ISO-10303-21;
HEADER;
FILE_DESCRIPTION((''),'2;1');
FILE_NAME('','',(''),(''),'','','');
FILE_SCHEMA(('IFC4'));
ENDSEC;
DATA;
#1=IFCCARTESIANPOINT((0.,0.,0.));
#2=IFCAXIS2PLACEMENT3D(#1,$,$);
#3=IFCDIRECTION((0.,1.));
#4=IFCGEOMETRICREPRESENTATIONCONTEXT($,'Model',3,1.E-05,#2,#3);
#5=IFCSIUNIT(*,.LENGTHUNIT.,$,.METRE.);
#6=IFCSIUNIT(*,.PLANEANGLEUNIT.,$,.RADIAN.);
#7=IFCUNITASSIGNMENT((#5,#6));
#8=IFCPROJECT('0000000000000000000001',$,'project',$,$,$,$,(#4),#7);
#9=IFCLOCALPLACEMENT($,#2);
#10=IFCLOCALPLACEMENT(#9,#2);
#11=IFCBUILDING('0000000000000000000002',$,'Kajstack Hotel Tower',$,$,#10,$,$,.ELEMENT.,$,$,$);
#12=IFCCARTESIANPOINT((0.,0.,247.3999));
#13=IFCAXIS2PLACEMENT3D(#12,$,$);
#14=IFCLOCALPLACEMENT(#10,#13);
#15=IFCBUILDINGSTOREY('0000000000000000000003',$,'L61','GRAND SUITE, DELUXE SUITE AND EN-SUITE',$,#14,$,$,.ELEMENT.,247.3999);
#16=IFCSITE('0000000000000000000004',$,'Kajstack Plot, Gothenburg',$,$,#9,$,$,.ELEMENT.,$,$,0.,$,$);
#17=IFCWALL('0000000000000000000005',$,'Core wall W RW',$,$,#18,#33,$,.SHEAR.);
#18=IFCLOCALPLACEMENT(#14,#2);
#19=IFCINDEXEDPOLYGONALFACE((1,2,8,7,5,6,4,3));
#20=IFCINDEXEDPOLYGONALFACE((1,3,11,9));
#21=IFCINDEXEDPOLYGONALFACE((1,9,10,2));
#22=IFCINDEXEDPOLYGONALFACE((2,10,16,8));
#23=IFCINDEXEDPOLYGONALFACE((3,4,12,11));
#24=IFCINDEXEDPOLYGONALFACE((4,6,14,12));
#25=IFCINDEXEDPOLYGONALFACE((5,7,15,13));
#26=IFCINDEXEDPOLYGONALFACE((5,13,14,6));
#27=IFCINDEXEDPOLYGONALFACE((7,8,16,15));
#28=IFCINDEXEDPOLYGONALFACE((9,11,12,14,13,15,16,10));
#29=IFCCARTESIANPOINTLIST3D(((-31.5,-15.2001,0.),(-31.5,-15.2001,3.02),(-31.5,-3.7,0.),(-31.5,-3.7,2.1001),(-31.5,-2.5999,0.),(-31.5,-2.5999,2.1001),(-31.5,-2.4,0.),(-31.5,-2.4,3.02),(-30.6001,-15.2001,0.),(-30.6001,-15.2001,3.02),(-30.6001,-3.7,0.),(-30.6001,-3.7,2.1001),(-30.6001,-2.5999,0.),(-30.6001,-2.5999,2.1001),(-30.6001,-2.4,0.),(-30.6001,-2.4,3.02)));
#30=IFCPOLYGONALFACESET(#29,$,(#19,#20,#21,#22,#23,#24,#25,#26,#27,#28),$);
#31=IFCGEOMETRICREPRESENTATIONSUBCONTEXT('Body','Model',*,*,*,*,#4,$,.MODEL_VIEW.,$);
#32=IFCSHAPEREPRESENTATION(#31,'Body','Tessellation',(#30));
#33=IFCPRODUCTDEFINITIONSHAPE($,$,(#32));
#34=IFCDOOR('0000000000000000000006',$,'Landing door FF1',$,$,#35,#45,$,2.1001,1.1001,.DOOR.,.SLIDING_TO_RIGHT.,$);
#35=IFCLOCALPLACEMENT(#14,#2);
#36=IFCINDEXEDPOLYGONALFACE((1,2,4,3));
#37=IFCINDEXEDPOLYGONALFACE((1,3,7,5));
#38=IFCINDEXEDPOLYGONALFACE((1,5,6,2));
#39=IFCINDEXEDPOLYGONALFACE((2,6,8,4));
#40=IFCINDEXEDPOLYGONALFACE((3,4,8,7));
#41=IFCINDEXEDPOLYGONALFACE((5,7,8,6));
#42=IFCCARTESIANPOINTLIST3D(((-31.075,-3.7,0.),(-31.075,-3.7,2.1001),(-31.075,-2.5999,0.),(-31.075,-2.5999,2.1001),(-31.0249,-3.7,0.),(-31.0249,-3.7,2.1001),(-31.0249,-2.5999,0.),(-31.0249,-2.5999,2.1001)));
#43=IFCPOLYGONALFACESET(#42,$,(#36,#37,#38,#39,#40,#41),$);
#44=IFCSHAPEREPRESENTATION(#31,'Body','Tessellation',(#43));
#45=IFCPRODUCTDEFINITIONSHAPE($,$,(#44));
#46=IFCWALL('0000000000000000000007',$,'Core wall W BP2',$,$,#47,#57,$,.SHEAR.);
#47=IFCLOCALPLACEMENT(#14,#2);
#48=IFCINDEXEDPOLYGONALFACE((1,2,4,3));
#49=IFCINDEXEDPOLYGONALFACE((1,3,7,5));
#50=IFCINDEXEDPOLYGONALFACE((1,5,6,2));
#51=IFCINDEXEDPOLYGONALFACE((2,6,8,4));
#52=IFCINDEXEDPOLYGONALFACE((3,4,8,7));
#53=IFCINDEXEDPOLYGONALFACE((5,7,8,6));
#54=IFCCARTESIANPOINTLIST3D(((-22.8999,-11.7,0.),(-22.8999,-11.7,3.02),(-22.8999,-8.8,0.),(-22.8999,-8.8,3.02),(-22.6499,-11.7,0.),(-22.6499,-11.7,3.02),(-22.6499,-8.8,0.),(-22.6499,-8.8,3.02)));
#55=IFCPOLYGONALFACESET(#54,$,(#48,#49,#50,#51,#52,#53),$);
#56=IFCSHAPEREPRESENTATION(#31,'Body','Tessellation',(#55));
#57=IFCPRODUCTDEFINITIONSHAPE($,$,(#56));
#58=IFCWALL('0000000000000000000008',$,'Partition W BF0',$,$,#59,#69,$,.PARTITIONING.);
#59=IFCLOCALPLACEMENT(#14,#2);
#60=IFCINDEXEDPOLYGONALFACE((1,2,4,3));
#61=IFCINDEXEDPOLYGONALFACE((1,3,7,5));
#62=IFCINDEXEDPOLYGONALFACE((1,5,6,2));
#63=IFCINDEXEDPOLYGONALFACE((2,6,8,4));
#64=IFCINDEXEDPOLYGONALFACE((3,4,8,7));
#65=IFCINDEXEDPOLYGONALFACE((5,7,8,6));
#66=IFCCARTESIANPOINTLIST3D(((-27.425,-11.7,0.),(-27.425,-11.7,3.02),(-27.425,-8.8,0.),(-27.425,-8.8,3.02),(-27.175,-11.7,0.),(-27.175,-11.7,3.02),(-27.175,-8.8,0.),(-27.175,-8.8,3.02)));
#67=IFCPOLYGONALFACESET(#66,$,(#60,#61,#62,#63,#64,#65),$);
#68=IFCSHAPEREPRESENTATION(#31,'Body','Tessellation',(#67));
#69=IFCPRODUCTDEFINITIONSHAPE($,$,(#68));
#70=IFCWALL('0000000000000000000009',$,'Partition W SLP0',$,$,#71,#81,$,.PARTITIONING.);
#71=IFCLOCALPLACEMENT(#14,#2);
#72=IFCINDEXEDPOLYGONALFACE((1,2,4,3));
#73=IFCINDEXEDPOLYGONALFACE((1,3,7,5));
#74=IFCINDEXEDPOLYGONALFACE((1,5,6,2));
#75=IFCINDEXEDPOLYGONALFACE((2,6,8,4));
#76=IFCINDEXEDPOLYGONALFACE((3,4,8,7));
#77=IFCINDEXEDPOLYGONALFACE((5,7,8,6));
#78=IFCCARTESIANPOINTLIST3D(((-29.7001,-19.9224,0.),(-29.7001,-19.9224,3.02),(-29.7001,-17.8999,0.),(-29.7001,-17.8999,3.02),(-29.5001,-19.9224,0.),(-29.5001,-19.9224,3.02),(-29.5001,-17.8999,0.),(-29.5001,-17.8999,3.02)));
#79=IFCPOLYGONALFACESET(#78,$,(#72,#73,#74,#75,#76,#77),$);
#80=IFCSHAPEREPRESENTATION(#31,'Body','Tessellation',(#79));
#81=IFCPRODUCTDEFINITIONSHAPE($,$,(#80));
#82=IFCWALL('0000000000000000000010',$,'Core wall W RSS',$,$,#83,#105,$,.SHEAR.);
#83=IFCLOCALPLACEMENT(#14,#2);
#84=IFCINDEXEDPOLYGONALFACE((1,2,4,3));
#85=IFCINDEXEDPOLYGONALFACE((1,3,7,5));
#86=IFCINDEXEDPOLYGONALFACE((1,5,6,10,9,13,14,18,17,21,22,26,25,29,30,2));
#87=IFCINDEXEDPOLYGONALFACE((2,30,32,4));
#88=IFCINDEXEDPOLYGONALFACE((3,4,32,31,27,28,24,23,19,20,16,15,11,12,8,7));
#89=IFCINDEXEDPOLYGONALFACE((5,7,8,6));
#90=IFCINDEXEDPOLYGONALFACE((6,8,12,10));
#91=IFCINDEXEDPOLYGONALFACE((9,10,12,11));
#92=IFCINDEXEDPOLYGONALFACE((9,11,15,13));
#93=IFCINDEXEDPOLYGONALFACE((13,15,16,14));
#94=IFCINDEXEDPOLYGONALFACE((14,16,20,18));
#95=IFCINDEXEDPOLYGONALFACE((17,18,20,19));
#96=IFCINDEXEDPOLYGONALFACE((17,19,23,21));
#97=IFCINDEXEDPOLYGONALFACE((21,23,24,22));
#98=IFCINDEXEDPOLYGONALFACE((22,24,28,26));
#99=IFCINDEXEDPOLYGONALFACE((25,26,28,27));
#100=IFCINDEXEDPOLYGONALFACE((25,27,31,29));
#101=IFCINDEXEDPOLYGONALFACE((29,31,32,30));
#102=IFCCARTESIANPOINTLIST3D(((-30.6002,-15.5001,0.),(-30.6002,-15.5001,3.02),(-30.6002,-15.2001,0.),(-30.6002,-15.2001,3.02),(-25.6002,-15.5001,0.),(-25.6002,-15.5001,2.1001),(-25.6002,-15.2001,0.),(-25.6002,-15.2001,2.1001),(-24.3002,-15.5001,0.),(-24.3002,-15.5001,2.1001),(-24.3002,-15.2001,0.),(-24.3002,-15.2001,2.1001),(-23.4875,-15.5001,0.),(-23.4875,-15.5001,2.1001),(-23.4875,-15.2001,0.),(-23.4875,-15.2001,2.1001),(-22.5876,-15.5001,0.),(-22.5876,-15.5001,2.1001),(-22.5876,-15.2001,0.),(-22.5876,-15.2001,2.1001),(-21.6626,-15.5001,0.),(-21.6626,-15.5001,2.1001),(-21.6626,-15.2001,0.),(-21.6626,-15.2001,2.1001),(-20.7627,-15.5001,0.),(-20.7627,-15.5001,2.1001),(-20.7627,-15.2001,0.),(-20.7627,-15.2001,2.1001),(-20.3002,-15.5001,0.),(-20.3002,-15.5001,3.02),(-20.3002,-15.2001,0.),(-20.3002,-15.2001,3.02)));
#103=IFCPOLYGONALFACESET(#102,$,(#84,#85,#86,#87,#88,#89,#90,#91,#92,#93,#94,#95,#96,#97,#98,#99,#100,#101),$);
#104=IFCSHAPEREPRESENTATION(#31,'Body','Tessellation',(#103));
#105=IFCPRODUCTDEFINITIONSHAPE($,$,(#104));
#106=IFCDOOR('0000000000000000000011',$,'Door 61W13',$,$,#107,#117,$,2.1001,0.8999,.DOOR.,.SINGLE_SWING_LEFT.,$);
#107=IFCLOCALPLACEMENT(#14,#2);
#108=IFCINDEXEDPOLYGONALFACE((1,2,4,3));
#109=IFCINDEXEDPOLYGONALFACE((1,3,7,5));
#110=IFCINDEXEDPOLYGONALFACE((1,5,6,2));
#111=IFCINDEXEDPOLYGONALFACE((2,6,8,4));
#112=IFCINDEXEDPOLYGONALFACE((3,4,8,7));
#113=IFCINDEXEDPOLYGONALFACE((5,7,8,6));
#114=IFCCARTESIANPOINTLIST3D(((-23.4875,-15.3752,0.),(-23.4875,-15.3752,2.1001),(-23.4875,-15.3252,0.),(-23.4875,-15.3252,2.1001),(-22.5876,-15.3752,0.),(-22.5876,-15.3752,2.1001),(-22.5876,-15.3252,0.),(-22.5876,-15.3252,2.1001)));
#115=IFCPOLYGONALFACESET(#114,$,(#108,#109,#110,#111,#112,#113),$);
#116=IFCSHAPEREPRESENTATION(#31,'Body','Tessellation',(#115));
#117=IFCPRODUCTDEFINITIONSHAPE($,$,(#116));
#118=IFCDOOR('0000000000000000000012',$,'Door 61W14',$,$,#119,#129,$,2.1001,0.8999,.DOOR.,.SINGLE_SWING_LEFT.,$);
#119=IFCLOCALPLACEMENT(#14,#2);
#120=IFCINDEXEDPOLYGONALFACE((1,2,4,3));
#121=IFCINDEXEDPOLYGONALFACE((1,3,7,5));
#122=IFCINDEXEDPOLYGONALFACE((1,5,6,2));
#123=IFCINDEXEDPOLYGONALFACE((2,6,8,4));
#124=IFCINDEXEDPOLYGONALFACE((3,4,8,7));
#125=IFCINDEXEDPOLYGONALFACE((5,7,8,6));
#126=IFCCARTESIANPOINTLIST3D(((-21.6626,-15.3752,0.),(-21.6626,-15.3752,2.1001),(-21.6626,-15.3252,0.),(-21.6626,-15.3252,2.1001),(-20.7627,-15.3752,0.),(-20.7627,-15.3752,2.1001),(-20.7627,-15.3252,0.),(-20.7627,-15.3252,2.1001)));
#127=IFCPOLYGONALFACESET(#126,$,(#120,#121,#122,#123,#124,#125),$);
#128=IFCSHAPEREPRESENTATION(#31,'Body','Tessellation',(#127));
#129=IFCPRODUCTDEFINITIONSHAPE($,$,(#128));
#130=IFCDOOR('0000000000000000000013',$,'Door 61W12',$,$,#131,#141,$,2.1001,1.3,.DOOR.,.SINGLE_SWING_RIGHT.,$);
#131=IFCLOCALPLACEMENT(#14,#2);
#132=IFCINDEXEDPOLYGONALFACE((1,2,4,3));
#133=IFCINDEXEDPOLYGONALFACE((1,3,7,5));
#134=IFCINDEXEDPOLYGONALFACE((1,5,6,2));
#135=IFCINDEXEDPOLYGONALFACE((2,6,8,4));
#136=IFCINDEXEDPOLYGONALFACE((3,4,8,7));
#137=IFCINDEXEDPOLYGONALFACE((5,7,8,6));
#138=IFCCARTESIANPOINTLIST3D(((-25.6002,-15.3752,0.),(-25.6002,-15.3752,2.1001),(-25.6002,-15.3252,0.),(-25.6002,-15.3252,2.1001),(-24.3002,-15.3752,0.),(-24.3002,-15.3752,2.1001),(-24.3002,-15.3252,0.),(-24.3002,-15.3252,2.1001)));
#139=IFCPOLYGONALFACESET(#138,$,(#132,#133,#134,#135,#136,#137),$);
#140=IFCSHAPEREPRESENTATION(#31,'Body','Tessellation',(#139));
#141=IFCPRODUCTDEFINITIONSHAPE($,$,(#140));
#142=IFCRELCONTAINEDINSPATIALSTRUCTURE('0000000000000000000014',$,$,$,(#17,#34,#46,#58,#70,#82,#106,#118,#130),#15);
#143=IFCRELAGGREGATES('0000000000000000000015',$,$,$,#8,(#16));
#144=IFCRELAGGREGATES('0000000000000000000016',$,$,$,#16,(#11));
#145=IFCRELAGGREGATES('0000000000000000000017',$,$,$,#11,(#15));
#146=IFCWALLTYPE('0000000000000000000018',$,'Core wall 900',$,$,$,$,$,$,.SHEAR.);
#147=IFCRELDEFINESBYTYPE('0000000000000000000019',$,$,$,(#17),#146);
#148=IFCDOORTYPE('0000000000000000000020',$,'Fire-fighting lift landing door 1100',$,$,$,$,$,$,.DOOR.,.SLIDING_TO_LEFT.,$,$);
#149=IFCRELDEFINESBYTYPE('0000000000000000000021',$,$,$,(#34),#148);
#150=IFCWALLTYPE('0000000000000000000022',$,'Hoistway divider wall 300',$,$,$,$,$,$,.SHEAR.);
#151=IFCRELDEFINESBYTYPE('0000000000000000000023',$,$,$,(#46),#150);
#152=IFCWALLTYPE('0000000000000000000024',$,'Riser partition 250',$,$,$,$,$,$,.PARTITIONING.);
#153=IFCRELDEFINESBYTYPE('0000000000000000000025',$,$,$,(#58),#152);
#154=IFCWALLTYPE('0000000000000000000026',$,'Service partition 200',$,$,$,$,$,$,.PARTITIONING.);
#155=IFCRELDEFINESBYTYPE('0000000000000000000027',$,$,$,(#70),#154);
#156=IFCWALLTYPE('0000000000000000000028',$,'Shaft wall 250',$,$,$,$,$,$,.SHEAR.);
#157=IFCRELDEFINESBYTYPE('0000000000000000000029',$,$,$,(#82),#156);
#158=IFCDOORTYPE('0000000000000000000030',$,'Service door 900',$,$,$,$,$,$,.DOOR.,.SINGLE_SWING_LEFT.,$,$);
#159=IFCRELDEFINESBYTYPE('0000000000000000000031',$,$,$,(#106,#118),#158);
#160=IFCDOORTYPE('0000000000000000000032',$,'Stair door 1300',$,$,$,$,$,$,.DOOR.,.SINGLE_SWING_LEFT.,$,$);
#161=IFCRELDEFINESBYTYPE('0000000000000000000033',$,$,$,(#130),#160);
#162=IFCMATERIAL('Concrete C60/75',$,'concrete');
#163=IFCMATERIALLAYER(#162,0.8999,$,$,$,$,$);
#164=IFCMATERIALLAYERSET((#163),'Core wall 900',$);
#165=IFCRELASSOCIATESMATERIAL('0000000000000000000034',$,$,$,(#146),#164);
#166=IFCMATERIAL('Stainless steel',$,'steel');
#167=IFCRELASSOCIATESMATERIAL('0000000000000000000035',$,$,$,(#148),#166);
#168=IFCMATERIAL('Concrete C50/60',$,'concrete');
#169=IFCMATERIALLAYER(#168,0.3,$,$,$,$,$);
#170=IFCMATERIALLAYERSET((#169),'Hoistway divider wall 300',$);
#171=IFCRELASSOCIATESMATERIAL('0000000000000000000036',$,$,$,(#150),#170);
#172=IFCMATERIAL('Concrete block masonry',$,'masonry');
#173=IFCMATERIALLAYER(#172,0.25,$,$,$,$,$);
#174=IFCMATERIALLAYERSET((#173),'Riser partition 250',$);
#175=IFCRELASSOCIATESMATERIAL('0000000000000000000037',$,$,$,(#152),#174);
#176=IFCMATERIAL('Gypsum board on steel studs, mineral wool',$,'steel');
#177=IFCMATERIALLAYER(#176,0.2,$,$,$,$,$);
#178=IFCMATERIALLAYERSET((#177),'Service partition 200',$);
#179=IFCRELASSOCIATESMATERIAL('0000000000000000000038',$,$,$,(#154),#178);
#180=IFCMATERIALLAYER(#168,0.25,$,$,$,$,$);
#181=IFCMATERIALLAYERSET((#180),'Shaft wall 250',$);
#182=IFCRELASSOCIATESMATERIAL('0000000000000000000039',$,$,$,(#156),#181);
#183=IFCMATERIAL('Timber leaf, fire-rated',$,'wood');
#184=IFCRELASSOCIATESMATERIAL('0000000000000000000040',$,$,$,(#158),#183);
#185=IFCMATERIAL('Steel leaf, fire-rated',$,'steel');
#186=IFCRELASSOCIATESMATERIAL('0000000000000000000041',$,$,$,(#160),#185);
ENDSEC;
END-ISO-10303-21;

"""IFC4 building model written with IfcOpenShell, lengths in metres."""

from ifc_helpers import new_model, si_unit, direction, frame, frame_2d, origin, place, context, subcontext, project, spatial, rectangle, extrude, material, layer, layer_set, type_object, element, fill, save


model = new_model("IFC4")

# Units and contexts
model_context = context("Model", 3, precision=1e-05, world=origin(), true_north=direction((0.0, 1.0)))
body_context = subcontext(model_context, "Body", "Model", "MODEL_VIEW")
ifc_project = project(units=[si_unit("LENGTHUNIT", "METRE"), si_unit("PLANEANGLEUNIT", "RADIAN")], contexts=[model_context])

# Site, building, storey
site_placement = place(None, origin())
site = spatial("IfcSite", under=ifc_project, at=site_placement, Name="Kajstack Plot, Gothenburg", CompositionType="ELEMENT", RefElevation=0.0)
building_placement = place(site_placement, origin())
building = spatial("IfcBuilding", under=site, at=building_placement, Name="Kajstack Hotel Tower", CompositionType="ELEMENT")
storey_placement = place(building_placement, frame((0.0, 0.0, 247.3999)))
storey = spatial("IfcBuildingStorey", under=building, at=storey_placement, Name="L61", Description="GRAND SUITE, DELUXE SUITE AND EN-SUITE", CompositionType="ELEMENT", Elevation=247.3999)

# Wall, opening, door
ifc_material_1 = material(Name="Concrete C60/75", Category="concrete")
ifc_layer_1 = layer(ifc_material_1, 0.8999)
ifc_layer_set_1 = layer_set([ifc_layer_1], Name="Core wall 900")
wall_type_1 = type_object("IfcWallType", Name="Core wall 900", PredefinedType="SHEAR", material=ifc_layer_set_1)
wall_1_placement = place(storey_placement, frame((-31.05, -15.2, 0.0), z_axis=(0.0, 0.0, 1.0), x_axis=(0.0, 1.0, 0.0)))
wall_1 = element("IfcWall", 1, at=wall_1_placement, inside=storey, type_object=wall_type_1, Name="Core wall W RW", PredefinedType="SHEAR", context=body_context, shape_type="SweptSolid", body=[
    extrude(rectangle(XDim=12.8, YDim=0.8999, at=frame_2d((6.3999, 0.0))), origin(), (0.0, 0.0, 1.0), 3.02),
])
opening_1_placement = place(wall_1_placement, frame((11.5, 0.0, 0.0)))
opening_1 = element("IfcOpeningElement", 2, at=opening_1_placement, cuts=wall_1, PredefinedType="OPENING", context=body_context, shape_type="SweptSolid", body=[
    extrude(rectangle(XDim=1.1001, YDim=2.1001, at=frame_2d((0.55, 1.05))), frame((0.0, 0.46, 0.0), z_axis=(0.0, -1.0, 0.0), x_axis=(1.0, 0.0, 0.0)), (0.0, 0.0, 1.0), 0.9199),
])
ifc_material_2 = material(Name="Stainless steel", Category="steel")
door_type_1 = type_object("IfcDoorType", Name="Fire-fighting lift landing door 1100", OperationType="SLIDING_TO_LEFT", PredefinedType="DOOR", material=ifc_material_2)
door_1_placement = place(opening_1_placement, origin())
door_1 = element("IfcDoor", 3, at=door_1_placement, inside=storey, type_object=door_type_1, Name="Landing door FF1", OperationType="SLIDING_TO_RIGHT", OverallHeight=2.1001, OverallWidth=1.1001, PredefinedType="DOOR", context=body_context, shape_type="SweptSolid", body=[
    extrude(rectangle(XDim=1.1001, YDim=2.1001, at=frame_2d((0.55, 1.05))), frame((0.0, 0.0249, 0.0), z_axis=(0.0, -1.0, 0.0), x_axis=(1.0, 0.0, 0.0)), (0.0, 0.0, 1.0), 0.05),
])
fill(opening_1, door_1)

# Walls
ifc_material_3 = material(Name="Concrete C50/60", Category="concrete")
ifc_layer_2 = layer(ifc_material_3, 0.3)
ifc_layer_set_2 = layer_set([ifc_layer_2], Name="Hoistway divider wall 300")
wall_type_2 = type_object("IfcWallType", Name="Hoistway divider wall 300", PredefinedType="SHEAR", material=ifc_layer_set_2)
wall_2_placement = place(storey_placement, frame((-22.7749, -11.7, 0.0), z_axis=(0.0, 0.0, 1.0), x_axis=(0.0, 1.0, 0.0)))
element("IfcWall", 4, at=wall_2_placement, inside=storey, type_object=wall_type_2, Name="Core wall W BP2", PredefinedType="SHEAR", context=body_context, shape_type="SweptSolid", body=[
    extrude(rectangle(XDim=2.8999, YDim=0.25, at=frame_2d((1.45, 0.0))), origin(), (0.0, 0.0, 1.0), 3.02),
])
ifc_material_4 = material(Name="Concrete block masonry", Category="masonry")
ifc_layer_3 = layer(ifc_material_4, 0.25)
ifc_layer_set_3 = layer_set([ifc_layer_3], Name="Riser partition 250")
wall_type_3 = type_object("IfcWallType", Name="Riser partition 250", PredefinedType="PARTITIONING", material=ifc_layer_set_3)
wall_3_placement = place(storey_placement, frame((-27.3, -11.7, 0.0), z_axis=(0.0, 0.0, 1.0), x_axis=(0.0, 1.0, 0.0)))
element("IfcWall", 5, at=wall_3_placement, inside=storey, type_object=wall_type_3, Name="Partition W BF0", PredefinedType="PARTITIONING", context=body_context, shape_type="SweptSolid", body=[
    extrude(rectangle(XDim=2.8999, YDim=0.25, at=frame_2d((1.45, 0.0))), origin(), (0.0, 0.0, 1.0), 3.02),
])
ifc_material_5 = material(Name="Gypsum board on steel studs, mineral wool", Category="steel")
ifc_layer_4 = layer(ifc_material_5, 0.2)
ifc_layer_set_4 = layer_set([ifc_layer_4], Name="Service partition 200")
wall_type_4 = type_object("IfcWallType", Name="Service partition 200", PredefinedType="PARTITIONING", material=ifc_layer_set_4)
wall_4_placement = place(storey_placement, frame((-29.6001, -19.9224, 0.0), z_axis=(0.0, 0.0, 1.0), x_axis=(0.0, 1.0, 0.0)))
element("IfcWall", 6, at=wall_4_placement, inside=storey, type_object=wall_type_4, Name="Partition W SLP0", PredefinedType="PARTITIONING", context=body_context, shape_type="SweptSolid", body=[
    extrude(rectangle(XDim=2.0225, YDim=0.2, at=frame_2d((1.0112, 0.0))), origin(), (0.0, 0.0, 1.0), 3.02),
])

# Wall, openings, doors
ifc_layer_5 = layer(ifc_material_3, 0.25)
ifc_layer_set_5 = layer_set([ifc_layer_5], Name="Shaft wall 250")
wall_type_5 = type_object("IfcWallType", Name="Shaft wall 250", PredefinedType="SHEAR", material=ifc_layer_set_5)
wall_5_placement = place(storey_placement, frame((-30.6001, -15.3501, 0.0), z_axis=(0.0, 0.0, 1.0), x_axis=(1.0, 0.0, 0.0)))
wall_5 = element("IfcWall", 7, at=wall_5_placement, inside=storey, type_object=wall_type_5, Name="Core wall W RSS", PredefinedType="SHEAR", context=body_context, shape_type="SweptSolid", body=[
    extrude(rectangle(XDim=10.3, YDim=0.3, at=frame_2d((5.1499, 0.0))), origin(), (0.0, 0.0, 1.0), 3.02),
])
opening_2_placement = place(wall_5_placement, frame((5.0, 0.0, 0.0)))
opening_2 = element("IfcOpeningElement", 8, at=opening_2_placement, cuts=wall_5, PredefinedType="OPENING", context=body_context, shape_type="SweptSolid", body=[
    extrude(rectangle(XDim=1.3, YDim=2.1001, at=frame_2d((0.6499, 1.05))), frame((0.0, 0.1599, 0.0), z_axis=(0.0, -1.0, 0.0), x_axis=(1.0, 0.0, 0.0)), (0.0, 0.0, 1.0), 0.3201),
])
opening_3_placement = place(wall_5_placement, frame((7.1125, 0.0, 0.0)))
opening_3 = element("IfcOpeningElement", 9, at=opening_3_placement, cuts=wall_5, PredefinedType="OPENING", context=body_context, shape_type="SweptSolid", body=[
    extrude(rectangle(XDim=0.8999, YDim=2.1001, at=frame_2d((0.45, 1.05))), frame((0.0, 0.1599, 0.0), z_axis=(0.0, -1.0, 0.0), x_axis=(1.0, 0.0, 0.0)), (0.0, 0.0, 1.0), 0.3201),
])
opening_4_placement = place(wall_5_placement, frame((8.9375, 0.0, 0.0)))
opening_4 = element("IfcOpeningElement", 10, at=opening_4_placement, cuts=wall_5, PredefinedType="OPENING", context=body_context, shape_type="SweptSolid", body=[
    extrude(rectangle(XDim=0.8999, YDim=2.1001, at=frame_2d((0.45, 1.05))), frame((0.0, 0.1599, 0.0), z_axis=(0.0, -1.0, 0.0), x_axis=(1.0, 0.0, 0.0)), (0.0, 0.0, 1.0), 0.3201),
])
ifc_material_6 = material(Name="Timber leaf, fire-rated", Category="wood")
door_type_2 = type_object("IfcDoorType", Name="Service door 900", OperationType="SINGLE_SWING_LEFT", PredefinedType="DOOR", material=ifc_material_6)
door_2_placement = place(opening_3_placement, origin())
door_2 = element("IfcDoor", 11, at=door_2_placement, inside=storey, type_object=door_type_2, Name="Door 61W13", OperationType="SINGLE_SWING_LEFT", OverallHeight=2.1001, OverallWidth=0.8999, PredefinedType="DOOR", context=body_context, shape_type="SweptSolid", body=[
    extrude(rectangle(XDim=0.8999, YDim=2.1001, at=frame_2d((0.45, 1.05))), frame((0.0, 0.0249, 0.0), z_axis=(0.0, -1.0, 0.0), x_axis=(1.0, 0.0, 0.0)), (0.0, 0.0, 1.0), 0.05),
])
fill(opening_3, door_2)
door_3_placement = place(opening_4_placement, origin())
door_3 = element("IfcDoor", 12, at=door_3_placement, inside=storey, type_object=door_type_2, Name="Door 61W14", OperationType="SINGLE_SWING_LEFT", OverallHeight=2.1001, OverallWidth=0.8999, PredefinedType="DOOR", context=body_context, shape_type="SweptSolid", body=[
    extrude(rectangle(XDim=0.8999, YDim=2.1001, at=frame_2d((0.45, 1.05))), frame((0.0, 0.0249, 0.0), z_axis=(0.0, -1.0, 0.0), x_axis=(1.0, 0.0, 0.0)), (0.0, 0.0, 1.0), 0.05),
])
fill(opening_4, door_3)
ifc_material_7 = material(Name="Steel leaf, fire-rated", Category="steel")
door_type_3 = type_object("IfcDoorType", Name="Stair door 1300", OperationType="SINGLE_SWING_LEFT", PredefinedType="DOOR", material=ifc_material_7)
door_4_placement = place(opening_2_placement, origin())
door_4 = element("IfcDoor", 13, at=door_4_placement, inside=storey, type_object=door_type_3, Name="Door 61W12", OperationType="SINGLE_SWING_RIGHT", OverallHeight=2.1001, OverallWidth=1.3, PredefinedType="DOOR", context=body_context, shape_type="SweptSolid", body=[
    extrude(rectangle(XDim=1.3, YDim=2.1001, at=frame_2d((0.6499, 1.05))), frame((0.0, 0.0249, 0.0), z_axis=(0.0, -1.0, 0.0), x_axis=(1.0, 0.0, 0.0)), (0.0, 0.0, 1.0), 0.05),
])
fill(opening_2, door_4)

save(model, "model.ifc")
